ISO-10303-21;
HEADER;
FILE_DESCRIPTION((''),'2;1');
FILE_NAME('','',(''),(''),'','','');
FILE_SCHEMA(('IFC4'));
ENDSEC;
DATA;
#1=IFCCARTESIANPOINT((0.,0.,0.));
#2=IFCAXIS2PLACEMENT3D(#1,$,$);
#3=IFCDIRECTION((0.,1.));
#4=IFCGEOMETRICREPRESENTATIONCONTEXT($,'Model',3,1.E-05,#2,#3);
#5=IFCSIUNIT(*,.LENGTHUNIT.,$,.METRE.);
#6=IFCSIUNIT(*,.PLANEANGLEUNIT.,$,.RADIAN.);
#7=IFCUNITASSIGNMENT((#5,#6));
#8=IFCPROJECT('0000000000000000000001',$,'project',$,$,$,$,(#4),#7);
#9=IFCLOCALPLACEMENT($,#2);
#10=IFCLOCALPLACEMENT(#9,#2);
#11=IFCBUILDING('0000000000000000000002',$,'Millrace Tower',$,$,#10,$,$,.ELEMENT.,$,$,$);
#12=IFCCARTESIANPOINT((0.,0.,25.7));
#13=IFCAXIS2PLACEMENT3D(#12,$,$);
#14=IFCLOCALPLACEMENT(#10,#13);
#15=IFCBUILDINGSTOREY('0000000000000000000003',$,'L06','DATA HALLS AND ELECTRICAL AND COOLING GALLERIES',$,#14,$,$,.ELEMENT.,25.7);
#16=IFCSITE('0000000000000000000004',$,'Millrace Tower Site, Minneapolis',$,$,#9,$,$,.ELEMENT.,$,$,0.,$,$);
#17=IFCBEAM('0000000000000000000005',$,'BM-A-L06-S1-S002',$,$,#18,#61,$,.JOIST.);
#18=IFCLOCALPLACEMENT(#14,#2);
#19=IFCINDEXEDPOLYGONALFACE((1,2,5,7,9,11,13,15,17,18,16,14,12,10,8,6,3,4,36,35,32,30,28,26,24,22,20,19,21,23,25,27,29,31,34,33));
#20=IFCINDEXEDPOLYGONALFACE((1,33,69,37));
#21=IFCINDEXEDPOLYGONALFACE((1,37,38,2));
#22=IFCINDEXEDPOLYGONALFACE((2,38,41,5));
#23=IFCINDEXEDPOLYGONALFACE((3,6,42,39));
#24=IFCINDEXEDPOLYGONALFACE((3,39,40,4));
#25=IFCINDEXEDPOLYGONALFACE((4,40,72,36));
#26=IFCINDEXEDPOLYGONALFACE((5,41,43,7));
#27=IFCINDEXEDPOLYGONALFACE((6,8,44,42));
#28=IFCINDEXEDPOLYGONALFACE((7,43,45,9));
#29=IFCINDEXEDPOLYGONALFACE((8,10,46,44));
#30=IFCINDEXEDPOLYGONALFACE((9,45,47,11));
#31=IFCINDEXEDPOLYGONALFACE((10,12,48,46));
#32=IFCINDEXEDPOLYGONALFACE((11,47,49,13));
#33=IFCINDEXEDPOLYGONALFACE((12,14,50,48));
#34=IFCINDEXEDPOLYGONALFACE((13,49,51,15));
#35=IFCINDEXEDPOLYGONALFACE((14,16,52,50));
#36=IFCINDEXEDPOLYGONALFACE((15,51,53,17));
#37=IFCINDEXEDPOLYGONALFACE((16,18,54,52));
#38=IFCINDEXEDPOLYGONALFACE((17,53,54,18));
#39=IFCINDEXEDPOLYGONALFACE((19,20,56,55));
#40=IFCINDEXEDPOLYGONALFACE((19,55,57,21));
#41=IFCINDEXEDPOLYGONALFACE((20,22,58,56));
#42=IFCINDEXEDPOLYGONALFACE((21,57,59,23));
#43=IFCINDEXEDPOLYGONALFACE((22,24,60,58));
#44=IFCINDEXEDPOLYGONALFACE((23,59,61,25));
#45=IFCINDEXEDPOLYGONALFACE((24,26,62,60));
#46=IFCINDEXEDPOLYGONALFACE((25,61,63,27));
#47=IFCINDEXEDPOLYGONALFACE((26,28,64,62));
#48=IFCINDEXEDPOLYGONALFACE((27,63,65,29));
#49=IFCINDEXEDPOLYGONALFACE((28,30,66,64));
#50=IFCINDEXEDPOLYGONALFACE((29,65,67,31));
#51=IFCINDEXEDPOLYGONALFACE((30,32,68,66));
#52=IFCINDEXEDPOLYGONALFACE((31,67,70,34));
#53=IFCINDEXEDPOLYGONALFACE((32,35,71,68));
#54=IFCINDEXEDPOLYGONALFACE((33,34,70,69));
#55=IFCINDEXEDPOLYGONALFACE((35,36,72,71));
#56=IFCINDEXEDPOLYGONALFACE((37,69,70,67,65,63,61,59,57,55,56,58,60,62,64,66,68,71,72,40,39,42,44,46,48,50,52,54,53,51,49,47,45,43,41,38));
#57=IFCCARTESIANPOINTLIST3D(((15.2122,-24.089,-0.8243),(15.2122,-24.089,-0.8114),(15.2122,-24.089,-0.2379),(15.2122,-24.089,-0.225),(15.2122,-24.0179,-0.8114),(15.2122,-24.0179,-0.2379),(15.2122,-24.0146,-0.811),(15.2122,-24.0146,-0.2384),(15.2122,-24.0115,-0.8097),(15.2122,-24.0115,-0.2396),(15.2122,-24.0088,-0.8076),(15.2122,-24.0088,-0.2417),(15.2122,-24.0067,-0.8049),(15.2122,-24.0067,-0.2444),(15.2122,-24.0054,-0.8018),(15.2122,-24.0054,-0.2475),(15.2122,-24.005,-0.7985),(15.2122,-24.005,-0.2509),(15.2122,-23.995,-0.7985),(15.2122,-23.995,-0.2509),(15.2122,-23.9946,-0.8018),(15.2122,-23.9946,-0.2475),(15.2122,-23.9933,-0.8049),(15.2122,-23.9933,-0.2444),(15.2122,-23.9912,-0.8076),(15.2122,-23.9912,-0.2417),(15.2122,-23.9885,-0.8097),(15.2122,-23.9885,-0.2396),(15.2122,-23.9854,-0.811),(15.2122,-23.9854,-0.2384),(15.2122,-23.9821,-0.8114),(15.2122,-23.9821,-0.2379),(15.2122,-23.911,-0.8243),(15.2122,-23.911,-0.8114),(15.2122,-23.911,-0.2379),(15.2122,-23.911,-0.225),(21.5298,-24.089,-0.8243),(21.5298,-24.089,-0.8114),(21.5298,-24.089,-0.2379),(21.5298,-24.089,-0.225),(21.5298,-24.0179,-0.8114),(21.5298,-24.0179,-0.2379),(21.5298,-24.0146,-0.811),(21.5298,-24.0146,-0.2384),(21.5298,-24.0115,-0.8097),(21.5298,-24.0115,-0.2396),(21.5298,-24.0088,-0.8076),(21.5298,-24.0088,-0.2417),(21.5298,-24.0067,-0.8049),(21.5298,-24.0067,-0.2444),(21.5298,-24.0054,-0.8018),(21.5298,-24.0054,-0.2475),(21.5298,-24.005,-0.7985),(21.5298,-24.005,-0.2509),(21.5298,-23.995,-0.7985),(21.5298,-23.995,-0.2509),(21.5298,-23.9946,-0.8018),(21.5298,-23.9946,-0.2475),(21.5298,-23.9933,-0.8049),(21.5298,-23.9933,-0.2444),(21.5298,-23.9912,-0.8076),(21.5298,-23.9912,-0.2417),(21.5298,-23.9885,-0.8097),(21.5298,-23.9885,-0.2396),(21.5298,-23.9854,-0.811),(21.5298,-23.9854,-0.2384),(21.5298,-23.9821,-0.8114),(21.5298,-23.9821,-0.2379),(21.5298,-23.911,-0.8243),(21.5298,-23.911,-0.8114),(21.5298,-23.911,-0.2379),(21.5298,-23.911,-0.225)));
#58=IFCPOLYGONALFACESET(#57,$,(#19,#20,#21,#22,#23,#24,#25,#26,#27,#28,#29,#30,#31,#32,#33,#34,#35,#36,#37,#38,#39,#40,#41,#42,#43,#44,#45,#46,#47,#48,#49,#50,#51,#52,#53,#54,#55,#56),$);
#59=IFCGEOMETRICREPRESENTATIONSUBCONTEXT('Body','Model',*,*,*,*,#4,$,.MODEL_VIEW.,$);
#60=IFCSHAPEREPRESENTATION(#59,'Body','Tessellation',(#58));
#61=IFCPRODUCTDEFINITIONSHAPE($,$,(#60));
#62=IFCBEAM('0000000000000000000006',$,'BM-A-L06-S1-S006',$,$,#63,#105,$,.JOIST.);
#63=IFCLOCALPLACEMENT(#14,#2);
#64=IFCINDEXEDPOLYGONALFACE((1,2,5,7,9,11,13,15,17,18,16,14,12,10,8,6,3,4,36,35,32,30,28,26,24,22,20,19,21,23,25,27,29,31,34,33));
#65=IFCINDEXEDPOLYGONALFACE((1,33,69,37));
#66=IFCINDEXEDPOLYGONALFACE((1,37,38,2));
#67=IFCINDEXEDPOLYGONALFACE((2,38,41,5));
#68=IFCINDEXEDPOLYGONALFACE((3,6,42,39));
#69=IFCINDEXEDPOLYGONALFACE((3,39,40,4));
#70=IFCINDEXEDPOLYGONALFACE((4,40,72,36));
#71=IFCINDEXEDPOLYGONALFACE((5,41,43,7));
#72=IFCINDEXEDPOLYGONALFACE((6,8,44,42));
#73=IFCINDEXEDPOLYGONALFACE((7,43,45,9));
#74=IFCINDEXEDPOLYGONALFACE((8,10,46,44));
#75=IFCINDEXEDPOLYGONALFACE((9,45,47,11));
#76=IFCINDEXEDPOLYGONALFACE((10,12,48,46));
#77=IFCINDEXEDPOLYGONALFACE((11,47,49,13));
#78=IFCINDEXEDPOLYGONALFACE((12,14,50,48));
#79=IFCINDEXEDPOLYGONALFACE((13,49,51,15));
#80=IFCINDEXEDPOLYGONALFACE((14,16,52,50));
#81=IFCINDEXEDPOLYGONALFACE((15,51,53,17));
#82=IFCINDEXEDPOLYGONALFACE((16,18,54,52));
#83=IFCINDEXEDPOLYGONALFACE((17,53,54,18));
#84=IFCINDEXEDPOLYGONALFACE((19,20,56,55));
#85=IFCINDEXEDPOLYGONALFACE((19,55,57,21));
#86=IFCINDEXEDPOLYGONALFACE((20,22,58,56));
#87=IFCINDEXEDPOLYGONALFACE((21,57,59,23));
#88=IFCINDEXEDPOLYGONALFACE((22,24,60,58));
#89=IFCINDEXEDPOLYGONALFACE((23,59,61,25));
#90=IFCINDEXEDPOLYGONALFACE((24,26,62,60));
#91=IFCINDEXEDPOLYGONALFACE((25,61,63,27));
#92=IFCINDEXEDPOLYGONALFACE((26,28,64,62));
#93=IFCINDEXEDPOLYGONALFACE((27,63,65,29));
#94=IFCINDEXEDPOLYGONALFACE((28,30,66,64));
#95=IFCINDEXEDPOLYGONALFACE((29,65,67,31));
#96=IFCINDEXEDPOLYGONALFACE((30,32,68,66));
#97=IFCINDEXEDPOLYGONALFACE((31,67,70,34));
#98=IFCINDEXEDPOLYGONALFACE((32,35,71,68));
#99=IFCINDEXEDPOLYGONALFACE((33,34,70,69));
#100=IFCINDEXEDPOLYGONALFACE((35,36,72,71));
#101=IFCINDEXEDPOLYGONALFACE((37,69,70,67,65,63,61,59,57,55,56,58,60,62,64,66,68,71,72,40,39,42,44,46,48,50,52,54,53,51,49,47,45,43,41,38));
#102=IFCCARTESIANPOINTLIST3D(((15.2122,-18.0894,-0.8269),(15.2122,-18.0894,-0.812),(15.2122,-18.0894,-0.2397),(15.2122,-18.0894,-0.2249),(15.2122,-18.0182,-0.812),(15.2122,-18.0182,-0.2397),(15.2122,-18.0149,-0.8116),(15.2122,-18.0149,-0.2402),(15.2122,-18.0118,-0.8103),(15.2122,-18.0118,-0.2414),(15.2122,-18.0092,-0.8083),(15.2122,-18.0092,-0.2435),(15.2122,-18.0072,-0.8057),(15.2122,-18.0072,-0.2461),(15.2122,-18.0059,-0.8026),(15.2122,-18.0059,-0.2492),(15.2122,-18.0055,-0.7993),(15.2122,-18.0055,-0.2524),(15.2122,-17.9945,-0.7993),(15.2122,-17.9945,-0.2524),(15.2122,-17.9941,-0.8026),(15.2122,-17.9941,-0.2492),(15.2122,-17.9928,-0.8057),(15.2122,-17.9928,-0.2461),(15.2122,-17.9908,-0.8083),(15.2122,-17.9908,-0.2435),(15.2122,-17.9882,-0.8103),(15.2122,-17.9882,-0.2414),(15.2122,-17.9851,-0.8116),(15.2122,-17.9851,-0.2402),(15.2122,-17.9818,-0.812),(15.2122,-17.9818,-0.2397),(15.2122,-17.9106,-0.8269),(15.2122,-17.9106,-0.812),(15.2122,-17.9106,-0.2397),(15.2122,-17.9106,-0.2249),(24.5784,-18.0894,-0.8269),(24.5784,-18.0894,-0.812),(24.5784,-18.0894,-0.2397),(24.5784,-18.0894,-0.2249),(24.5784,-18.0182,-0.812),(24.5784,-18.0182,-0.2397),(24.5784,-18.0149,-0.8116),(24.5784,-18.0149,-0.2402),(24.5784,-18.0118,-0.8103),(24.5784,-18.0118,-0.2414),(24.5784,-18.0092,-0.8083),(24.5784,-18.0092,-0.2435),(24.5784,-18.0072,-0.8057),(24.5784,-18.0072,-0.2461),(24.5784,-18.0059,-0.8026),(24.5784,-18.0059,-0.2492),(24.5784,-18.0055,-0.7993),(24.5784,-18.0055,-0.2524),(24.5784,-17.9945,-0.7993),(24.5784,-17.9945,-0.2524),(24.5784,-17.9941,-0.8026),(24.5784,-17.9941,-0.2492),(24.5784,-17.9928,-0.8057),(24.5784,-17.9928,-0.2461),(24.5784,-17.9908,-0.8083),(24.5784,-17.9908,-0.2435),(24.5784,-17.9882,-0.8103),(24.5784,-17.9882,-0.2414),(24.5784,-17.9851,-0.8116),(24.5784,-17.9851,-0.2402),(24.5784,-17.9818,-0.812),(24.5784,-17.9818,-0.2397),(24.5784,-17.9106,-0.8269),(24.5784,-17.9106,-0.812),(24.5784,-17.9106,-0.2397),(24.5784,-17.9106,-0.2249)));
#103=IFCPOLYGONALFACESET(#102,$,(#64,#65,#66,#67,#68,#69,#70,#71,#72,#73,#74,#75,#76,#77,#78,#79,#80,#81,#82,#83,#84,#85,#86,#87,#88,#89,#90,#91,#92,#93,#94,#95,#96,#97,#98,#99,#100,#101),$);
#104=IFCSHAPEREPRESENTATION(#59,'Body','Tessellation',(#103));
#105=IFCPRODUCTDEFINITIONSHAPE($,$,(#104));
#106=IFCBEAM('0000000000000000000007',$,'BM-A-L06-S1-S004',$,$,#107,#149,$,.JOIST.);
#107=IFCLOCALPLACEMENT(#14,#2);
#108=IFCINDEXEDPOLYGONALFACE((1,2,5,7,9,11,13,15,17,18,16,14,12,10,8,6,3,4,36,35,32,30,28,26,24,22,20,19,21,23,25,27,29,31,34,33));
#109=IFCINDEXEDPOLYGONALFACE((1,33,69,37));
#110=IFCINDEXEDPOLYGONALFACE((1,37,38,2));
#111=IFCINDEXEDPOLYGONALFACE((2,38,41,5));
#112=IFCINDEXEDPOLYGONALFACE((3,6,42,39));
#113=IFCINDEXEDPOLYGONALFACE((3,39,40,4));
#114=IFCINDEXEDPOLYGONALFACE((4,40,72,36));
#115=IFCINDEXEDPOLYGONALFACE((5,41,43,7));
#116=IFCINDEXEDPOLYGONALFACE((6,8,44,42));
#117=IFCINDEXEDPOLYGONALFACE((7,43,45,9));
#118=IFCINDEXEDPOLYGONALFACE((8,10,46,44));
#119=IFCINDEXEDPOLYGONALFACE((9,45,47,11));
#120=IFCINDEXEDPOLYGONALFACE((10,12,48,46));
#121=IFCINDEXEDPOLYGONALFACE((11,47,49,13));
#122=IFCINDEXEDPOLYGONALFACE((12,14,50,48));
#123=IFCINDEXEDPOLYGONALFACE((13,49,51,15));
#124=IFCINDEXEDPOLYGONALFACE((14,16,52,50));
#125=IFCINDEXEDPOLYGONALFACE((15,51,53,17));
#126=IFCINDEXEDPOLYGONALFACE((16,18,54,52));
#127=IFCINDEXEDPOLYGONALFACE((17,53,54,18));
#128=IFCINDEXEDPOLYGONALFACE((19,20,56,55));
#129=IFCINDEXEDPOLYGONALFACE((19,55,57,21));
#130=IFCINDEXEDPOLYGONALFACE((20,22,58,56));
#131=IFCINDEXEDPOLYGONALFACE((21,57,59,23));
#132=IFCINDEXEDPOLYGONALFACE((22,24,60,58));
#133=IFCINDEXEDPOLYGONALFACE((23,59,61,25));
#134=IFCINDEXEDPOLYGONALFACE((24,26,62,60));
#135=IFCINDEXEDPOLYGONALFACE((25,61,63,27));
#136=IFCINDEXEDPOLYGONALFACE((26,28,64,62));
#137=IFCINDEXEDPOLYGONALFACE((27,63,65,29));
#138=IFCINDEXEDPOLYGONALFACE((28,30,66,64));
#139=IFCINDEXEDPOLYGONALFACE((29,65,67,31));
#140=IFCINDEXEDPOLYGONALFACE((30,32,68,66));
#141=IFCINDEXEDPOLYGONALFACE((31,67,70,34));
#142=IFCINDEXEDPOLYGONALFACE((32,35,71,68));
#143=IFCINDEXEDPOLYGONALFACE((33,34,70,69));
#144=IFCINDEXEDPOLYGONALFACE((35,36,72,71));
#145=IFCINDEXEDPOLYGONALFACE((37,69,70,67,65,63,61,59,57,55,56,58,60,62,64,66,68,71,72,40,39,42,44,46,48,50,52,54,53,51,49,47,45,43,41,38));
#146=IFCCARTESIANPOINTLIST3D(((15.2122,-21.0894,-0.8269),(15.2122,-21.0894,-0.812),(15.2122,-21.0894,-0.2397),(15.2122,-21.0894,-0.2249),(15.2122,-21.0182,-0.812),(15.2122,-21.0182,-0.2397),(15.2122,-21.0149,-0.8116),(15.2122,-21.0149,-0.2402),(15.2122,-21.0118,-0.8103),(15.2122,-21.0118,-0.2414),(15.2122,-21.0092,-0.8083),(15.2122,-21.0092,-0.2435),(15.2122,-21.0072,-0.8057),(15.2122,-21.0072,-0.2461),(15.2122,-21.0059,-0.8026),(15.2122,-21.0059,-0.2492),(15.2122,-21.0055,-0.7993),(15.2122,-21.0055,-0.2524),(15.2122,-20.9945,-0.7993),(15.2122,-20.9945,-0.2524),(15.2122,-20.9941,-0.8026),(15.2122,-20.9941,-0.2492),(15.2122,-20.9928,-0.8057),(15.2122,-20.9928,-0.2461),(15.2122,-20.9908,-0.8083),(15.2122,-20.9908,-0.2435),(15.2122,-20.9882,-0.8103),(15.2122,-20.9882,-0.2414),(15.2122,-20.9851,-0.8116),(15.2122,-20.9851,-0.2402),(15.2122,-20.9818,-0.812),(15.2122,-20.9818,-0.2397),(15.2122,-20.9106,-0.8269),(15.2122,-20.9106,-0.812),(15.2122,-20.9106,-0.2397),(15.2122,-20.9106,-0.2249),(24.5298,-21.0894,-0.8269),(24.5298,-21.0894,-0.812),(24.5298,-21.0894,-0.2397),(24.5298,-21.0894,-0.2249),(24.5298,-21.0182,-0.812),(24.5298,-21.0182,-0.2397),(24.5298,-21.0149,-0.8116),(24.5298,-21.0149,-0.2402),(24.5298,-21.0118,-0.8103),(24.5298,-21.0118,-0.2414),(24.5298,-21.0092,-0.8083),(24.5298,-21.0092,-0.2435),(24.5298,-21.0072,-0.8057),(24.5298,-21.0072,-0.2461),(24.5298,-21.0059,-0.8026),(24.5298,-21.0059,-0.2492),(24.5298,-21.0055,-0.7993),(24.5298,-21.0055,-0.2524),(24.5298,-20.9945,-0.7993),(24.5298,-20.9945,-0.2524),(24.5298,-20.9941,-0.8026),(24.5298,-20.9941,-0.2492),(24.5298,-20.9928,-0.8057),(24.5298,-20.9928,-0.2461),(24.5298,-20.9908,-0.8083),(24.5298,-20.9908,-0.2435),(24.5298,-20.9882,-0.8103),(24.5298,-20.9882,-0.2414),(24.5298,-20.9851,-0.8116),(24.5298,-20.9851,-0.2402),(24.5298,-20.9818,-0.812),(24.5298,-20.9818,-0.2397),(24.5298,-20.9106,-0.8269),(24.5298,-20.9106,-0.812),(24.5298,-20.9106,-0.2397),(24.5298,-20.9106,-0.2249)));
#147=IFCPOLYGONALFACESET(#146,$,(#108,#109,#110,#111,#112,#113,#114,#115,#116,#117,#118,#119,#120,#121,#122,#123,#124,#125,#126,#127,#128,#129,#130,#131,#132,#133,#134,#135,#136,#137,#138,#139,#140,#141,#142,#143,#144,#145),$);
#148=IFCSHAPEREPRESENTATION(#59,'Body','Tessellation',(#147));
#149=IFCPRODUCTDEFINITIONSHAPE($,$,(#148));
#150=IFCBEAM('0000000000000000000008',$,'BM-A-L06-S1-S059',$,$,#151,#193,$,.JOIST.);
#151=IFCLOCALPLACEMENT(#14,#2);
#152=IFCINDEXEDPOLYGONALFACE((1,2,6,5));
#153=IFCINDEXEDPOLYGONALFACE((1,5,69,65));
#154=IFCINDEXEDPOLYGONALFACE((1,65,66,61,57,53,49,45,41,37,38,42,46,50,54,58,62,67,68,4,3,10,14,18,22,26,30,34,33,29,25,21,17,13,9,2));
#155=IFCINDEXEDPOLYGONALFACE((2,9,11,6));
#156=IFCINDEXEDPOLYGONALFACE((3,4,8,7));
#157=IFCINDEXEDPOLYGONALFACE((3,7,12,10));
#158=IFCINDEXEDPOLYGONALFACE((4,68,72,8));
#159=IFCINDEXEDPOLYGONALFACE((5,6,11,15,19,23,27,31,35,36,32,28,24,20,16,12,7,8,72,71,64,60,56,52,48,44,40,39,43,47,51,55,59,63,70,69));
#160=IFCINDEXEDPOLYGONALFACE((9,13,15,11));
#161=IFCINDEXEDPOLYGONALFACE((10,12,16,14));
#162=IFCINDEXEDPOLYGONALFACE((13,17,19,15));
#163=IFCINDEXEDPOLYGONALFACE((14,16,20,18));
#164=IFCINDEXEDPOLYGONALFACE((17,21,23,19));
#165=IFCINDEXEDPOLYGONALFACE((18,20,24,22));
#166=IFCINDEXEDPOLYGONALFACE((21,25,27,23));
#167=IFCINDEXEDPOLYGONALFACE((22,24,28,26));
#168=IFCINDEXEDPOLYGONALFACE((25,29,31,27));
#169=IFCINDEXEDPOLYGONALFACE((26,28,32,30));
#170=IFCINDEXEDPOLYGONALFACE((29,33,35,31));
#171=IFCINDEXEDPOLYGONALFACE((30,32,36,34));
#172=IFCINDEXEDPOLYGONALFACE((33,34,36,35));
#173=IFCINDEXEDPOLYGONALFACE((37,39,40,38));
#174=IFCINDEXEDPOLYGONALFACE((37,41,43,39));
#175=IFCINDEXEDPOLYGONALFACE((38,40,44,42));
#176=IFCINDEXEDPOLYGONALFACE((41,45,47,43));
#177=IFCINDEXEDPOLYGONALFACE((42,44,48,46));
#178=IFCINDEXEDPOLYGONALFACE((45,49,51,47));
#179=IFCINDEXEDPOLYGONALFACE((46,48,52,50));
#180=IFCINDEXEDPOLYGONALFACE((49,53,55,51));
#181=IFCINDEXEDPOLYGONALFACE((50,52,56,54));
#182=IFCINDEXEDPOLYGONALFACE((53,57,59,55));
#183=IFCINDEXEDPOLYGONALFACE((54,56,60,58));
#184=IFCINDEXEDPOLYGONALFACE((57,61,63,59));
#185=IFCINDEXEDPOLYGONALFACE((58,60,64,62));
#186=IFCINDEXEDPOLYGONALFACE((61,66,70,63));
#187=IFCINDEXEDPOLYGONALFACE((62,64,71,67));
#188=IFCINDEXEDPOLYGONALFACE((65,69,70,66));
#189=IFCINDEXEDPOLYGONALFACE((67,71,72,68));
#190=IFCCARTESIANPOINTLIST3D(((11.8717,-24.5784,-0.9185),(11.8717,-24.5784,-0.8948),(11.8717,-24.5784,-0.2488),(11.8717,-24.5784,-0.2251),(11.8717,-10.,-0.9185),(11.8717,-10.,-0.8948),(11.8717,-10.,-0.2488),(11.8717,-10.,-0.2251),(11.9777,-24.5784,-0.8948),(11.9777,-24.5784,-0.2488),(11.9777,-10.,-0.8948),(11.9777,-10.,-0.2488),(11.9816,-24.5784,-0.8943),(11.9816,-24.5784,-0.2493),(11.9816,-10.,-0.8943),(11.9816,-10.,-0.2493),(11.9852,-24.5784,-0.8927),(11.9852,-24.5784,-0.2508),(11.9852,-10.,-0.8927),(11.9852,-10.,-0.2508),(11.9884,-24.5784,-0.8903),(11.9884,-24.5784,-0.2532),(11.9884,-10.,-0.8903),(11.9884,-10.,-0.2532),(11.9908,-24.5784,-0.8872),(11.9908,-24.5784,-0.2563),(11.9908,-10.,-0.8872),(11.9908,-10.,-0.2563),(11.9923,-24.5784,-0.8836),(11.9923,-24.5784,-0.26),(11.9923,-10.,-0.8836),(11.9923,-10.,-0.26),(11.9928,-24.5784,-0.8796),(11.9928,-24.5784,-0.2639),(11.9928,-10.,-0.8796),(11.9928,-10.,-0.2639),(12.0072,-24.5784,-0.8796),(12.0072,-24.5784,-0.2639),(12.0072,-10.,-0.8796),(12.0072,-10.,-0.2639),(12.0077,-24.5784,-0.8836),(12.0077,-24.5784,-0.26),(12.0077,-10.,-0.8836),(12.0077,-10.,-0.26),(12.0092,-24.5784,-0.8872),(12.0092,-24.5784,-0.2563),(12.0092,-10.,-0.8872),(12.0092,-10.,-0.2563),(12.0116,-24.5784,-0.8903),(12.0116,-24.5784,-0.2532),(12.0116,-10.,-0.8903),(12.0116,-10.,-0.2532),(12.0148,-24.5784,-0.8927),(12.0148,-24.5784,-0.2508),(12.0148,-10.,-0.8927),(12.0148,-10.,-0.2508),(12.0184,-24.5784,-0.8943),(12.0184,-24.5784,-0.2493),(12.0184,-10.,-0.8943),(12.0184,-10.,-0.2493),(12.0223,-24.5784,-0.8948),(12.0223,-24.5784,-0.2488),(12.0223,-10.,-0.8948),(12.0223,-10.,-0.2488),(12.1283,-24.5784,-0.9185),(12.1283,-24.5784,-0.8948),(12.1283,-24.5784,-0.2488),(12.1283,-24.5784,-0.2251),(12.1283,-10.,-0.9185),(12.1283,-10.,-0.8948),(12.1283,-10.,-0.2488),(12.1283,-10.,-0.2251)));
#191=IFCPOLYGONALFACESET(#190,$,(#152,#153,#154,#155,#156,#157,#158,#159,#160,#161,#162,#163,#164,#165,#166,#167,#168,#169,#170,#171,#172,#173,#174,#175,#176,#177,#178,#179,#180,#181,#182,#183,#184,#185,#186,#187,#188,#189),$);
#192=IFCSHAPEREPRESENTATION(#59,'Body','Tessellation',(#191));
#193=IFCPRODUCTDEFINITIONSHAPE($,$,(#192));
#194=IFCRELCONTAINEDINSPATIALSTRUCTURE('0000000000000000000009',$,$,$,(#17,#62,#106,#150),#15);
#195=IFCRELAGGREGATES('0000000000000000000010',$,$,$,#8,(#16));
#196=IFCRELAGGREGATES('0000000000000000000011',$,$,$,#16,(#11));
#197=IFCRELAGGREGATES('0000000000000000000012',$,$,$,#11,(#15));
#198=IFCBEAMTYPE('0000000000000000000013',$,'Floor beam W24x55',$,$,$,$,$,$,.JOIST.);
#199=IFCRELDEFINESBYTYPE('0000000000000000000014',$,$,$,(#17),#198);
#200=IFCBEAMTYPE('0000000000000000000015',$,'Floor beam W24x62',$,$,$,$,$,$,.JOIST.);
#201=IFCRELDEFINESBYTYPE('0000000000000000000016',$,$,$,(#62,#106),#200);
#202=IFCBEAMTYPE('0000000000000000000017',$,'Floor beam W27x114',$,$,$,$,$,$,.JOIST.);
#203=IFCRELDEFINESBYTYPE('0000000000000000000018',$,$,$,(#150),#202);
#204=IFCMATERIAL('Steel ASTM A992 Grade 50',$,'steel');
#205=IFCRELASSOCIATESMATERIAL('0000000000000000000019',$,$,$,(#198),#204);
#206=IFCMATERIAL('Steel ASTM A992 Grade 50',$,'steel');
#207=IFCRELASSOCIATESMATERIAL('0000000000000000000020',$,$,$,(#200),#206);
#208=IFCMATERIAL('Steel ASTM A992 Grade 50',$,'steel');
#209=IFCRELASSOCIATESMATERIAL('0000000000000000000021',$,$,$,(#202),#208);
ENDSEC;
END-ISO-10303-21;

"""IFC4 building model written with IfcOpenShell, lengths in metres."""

from ifc_helpers import new_model, si_unit, direction, frame, origin, origin_2d, place, context, subcontext, project, spatial, i_section, extrude, material, material_profile, profile_set, type_object, element, save


model = new_model("IFC4")

# Units and contexts
model_context = context("Model", 3, precision=1e-05, world=origin(), true_north=direction((0.0, 1.0)))
body_context = subcontext(model_context, "Body", "Model", "MODEL_VIEW")
ifc_project = project(units=[si_unit("LENGTHUNIT", "METRE"), si_unit("PLANEANGLEUNIT", "RADIAN")], contexts=[model_context])

# Site, building, storey
site_placement = place(None, origin())
site = spatial("IfcSite", under=ifc_project, at=site_placement, Name="Millrace Tower Site, Minneapolis", CompositionType="ELEMENT", RefElevation=0.0)
building_placement = place(site_placement, origin())
building = spatial("IfcBuilding", under=site, at=building_placement, Name="Millrace Tower", CompositionType="ELEMENT")
storey_placement = place(building_placement, frame((0.0, 0.0, 25.7)))
storey = spatial("IfcBuildingStorey", under=building, at=storey_placement, Name="L06", Description="DATA HALLS AND ELECTRICAL AND COOLING GALLERIES", CompositionType="ELEMENT", Elevation=25.7)

# Beams
ifc_material_1 = material(Name="Steel ASTM A992 Grade 50", Category="steel")
ifc_material_profile_1 = material_profile(ifc_material_1, i_section(OverallWidth=0.178, OverallDepth=0.5994, WebThickness=0.01, FlangeThickness=0.0129, FilletRadius=0.0129, at=origin_2d()))
ifc_profile_set_1 = profile_set([ifc_material_profile_1], Name="Steel ASTM A992 Grade 50")
beam_type_1 = type_object("IfcBeamType", Name="Floor beam W24x55", PredefinedType="JOIST", material=ifc_profile_set_1)
beam_1_placement = place(storey_placement, frame((15.2122, -24.0, -0.5247), z_axis=(1.0, 0.0, 0.0), x_axis=(0.0, 1.0, 0.0)))
element("IfcBeam", 1, at=beam_1_placement, inside=storey, type_object=beam_type_1, Name="BM-A-L06-S1-S002", PredefinedType="JOIST", context=body_context, shape_type="SweptSolid", body=[
    extrude(i_section(OverallWidth=0.178, OverallDepth=0.5994, WebThickness=0.01, FlangeThickness=0.0129, FilletRadius=0.0129, at=origin_2d()), origin(), (0.0, 0.0, 1.0), 6.3176),
])
ifc_material_2 = material(Name="Steel ASTM A992 Grade 50", Category="steel")
ifc_material_profile_2 = material_profile(ifc_material_2, i_section(OverallWidth=0.1787, OverallDepth=0.6021, WebThickness=0.011, FlangeThickness=0.0149, FilletRadius=0.0127, at=origin_2d()))
ifc_profile_set_2 = profile_set([ifc_material_profile_2], Name="Steel ASTM A992 Grade 50")
beam_type_2 = type_object("IfcBeamType", Name="Floor beam W24x62", PredefinedType="JOIST", material=ifc_profile_set_2)
beam_2_placement = place(storey_placement, frame((15.2122, -18.0, -0.5259), z_axis=(1.0, 0.0, 0.0), x_axis=(0.0, 1.0, 0.0)))
element("IfcBeam", 2, at=beam_2_placement, inside=storey, type_object=beam_type_2, Name="BM-A-L06-S1-S006", PredefinedType="JOIST", context=body_context, shape_type="SweptSolid", body=[
    extrude(i_section(OverallWidth=0.1787, OverallDepth=0.6021, WebThickness=0.011, FlangeThickness=0.0149, FilletRadius=0.0127, at=origin_2d()), origin(), (0.0, 0.0, 1.0), 9.3662),
])
beam_3_placement = place(storey_placement, frame((15.2122, -21.0, -0.5259), z_axis=(1.0, 0.0, 0.0), x_axis=(0.0, 1.0, 0.0)))
element("IfcBeam", 3, at=beam_3_placement, inside=storey, type_object=beam_type_2, Name="BM-A-L06-S1-S004", PredefinedType="JOIST", context=body_context, shape_type="SweptSolid", body=[
    extrude(i_section(OverallWidth=0.1787, OverallDepth=0.6021, WebThickness=0.011, FlangeThickness=0.0149, FilletRadius=0.0127, at=origin_2d()), origin(), (0.0, 0.0, 1.0), 9.3176),
])
ifc_material_3 = material(Name="Steel ASTM A992 Grade 50", Category="steel")
ifc_material_profile_3 = material_profile(ifc_material_3, i_section(OverallWidth=0.2566, OverallDepth=0.6934, WebThickness=0.0144, FlangeThickness=0.0237, FilletRadius=0.0151, at=origin_2d()))
ifc_profile_set_3 = profile_set([ifc_material_profile_3], Name="Steel ASTM A992 Grade 50")
beam_type_3 = type_object("IfcBeamType", Name="Floor beam W27x114", PredefinedType="JOIST", material=ifc_profile_set_3)
beam_4_placement = place(storey_placement, frame((12.0, -24.5784, -0.5718), z_axis=(0.0, 1.0, 0.0), x_axis=(-1.0, 0.0, 0.0)))
element("IfcBeam", 4, at=beam_4_placement, inside=storey, type_object=beam_type_3, Name="BM-A-L06-S1-S059", PredefinedType="JOIST", context=body_context, shape_type="SweptSolid", body=[
    extrude(i_section(OverallWidth=0.2566, OverallDepth=0.6934, WebThickness=0.0144, FlangeThickness=0.0237, FilletRadius=0.0151, at=origin_2d()), origin(), (0.0, 0.0, 1.0), 14.5784),
])

save(model, "model.ifc")
